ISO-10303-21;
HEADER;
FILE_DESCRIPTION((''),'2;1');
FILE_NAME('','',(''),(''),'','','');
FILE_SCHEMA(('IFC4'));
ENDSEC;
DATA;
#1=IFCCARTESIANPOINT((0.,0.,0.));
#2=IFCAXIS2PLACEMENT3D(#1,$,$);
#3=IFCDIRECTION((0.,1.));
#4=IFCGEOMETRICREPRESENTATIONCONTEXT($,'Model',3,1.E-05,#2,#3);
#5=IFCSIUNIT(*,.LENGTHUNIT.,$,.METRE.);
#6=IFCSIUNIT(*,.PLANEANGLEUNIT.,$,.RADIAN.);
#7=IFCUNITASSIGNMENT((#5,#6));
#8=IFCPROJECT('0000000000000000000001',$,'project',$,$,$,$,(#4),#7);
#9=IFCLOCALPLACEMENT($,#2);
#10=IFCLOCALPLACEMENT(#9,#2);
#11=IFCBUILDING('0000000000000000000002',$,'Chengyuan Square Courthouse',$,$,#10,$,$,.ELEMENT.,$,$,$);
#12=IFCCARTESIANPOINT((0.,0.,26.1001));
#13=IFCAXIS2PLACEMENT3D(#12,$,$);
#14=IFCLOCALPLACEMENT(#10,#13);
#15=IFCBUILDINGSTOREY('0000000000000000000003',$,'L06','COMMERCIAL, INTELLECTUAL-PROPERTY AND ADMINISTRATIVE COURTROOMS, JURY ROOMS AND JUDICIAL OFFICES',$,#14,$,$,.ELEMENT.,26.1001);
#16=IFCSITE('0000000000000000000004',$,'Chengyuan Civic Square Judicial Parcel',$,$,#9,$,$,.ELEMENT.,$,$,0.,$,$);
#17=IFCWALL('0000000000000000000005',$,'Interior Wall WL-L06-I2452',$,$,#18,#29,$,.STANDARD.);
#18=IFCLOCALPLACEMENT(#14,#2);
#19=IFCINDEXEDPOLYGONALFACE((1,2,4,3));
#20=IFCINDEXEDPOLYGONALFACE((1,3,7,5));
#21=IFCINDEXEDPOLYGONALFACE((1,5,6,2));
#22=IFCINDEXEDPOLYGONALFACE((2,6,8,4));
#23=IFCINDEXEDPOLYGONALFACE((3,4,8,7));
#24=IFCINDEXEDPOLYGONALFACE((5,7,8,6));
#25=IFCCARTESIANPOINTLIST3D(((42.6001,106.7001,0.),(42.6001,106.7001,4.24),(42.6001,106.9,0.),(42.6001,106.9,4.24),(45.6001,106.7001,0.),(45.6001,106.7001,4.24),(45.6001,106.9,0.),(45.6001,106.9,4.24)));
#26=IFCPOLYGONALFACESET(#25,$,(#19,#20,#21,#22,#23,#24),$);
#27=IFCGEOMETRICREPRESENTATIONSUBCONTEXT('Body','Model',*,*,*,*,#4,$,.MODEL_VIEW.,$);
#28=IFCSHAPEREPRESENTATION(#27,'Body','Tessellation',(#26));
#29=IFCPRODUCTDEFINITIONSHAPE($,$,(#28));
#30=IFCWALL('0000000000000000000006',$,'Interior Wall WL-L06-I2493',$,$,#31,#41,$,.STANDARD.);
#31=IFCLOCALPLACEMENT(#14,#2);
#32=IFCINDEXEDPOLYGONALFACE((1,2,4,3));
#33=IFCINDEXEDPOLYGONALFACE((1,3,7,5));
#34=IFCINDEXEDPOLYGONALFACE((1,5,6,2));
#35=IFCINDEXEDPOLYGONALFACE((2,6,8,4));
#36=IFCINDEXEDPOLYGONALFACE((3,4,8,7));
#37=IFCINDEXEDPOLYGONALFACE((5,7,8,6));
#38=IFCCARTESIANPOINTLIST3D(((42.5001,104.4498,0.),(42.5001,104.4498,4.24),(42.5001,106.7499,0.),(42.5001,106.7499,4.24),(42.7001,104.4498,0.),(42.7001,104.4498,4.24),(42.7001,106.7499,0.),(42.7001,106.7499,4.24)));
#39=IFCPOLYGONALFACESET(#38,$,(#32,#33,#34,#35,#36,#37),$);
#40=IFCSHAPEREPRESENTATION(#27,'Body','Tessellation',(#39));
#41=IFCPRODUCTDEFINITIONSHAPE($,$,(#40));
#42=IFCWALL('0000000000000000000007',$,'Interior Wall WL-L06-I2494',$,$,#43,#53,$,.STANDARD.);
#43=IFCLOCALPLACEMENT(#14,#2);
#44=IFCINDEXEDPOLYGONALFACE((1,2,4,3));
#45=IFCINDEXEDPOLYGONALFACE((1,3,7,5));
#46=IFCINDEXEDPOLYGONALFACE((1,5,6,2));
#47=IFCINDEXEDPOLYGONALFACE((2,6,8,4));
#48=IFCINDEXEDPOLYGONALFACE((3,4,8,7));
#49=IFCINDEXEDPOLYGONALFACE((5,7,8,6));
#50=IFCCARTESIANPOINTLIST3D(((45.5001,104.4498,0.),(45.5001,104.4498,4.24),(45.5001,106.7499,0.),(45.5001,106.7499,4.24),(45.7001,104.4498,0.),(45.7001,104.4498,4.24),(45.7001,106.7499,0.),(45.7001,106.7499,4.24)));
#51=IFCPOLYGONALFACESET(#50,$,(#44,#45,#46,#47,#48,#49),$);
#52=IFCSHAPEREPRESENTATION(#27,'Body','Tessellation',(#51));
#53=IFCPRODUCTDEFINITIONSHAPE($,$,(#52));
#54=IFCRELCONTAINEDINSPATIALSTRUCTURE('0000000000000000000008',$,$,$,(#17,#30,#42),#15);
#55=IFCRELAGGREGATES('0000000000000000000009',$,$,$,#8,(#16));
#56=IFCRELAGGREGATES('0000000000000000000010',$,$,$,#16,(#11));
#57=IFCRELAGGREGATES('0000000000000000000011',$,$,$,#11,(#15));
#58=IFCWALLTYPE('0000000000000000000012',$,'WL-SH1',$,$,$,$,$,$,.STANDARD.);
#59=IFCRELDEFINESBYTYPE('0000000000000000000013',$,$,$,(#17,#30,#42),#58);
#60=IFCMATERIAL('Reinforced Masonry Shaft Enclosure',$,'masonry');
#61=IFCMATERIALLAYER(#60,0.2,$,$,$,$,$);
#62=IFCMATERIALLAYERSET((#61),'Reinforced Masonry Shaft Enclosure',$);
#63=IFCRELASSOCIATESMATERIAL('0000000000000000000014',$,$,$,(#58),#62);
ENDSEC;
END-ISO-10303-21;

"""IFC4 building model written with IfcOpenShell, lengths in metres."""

from ifc_helpers import new_model, si_unit, direction, frame, frame_2d, origin, place, context, subcontext, project, spatial, rectangle, extrude, material, layer, layer_set, type_object, element, save


model = new_model("IFC4")

# Units and contexts
model_context = context("Model", 3, precision=1e-05, world=origin(), true_north=direction((0.0, 1.0)))
body_context = subcontext(model_context, "Body", "Model", "MODEL_VIEW")
ifc_project = project(units=[si_unit("LENGTHUNIT", "METRE"), si_unit("PLANEANGLEUNIT", "RADIAN")], contexts=[model_context])

# Site, building, storey
site_placement = place(None, origin())
site = spatial("IfcSite", under=ifc_project, at=site_placement, Name="Chengyuan Civic Square Judicial Parcel", CompositionType="ELEMENT", RefElevation=0.0)
building_placement = place(site_placement, origin())
building = spatial("IfcBuilding", under=site, at=building_placement, Name="Chengyuan Square Courthouse", CompositionType="ELEMENT")
storey_placement = place(building_placement, frame((0.0, 0.0, 26.1001)))
storey = spatial("IfcBuildingStorey", under=building, at=storey_placement, Name="L06", Description="COMMERCIAL, INTELLECTUAL-PROPERTY AND ADMINISTRATIVE COURTROOMS, JURY ROOMS AND JUDICIAL OFFICES", CompositionType="ELEMENT", Elevation=26.1001)

# Shared definitions
ifc_material_1 = material(Name="Reinforced Masonry Shaft Enclosure", Category="masonry")
ifc_layer_1 = layer(ifc_material_1, 0.2)
ifc_layer_set_1 = layer_set([ifc_layer_1], Name="Reinforced Masonry Shaft Enclosure")
wall_type_1 = type_object("IfcWallType", Name="WL-SH1", PredefinedType="STANDARD", material=ifc_layer_set_1)

# Walls
wall_1_placement = place(storey_placement, frame((42.6001, 106.8, 0.0), z_axis=(0.0, 0.0, 1.0), x_axis=(1.0, 0.0, 0.0)))
element("IfcWall", 1, at=wall_1_placement, inside=storey, type_object=wall_type_1, Name="Interior Wall WL-L06-I2452", PredefinedType="STANDARD", context=body_context, shape_type="SweptSolid", body=[
    extrude(rectangle(XDim=3.0, YDim=0.2, at=frame_2d((1.5, 0.0))), origin(), (0.0, 0.0, 1.0), 4.24),
])
for number, where, z_axis, x_axis, name in (
    (2, (42.6001, 104.45, 0.0), (0.0, 0.0, 1.0), (0.0, 1.0, 0.0), "Interior Wall WL-L06-I2493"),
    (3, (45.6001, 104.45, 0.0), (0.0, 0.0, 1.0), (0.0, 1.0, 0.0), "Interior Wall WL-L06-I2494"),
):
    element("IfcWall", number, at=place(storey_placement, frame(where, z_axis=z_axis, x_axis=x_axis)), inside=storey, type_object=wall_type_1, Name=name, PredefinedType="STANDARD", context=body_context, shape_type="SweptSolid", body=[
        extrude(rectangle(XDim=2.3, YDim=0.2, at=frame_2d((1.1499, 0.0))), origin(), (0.0, 0.0, 1.0), 4.24),
    ])

save(model, "model.ifc")
